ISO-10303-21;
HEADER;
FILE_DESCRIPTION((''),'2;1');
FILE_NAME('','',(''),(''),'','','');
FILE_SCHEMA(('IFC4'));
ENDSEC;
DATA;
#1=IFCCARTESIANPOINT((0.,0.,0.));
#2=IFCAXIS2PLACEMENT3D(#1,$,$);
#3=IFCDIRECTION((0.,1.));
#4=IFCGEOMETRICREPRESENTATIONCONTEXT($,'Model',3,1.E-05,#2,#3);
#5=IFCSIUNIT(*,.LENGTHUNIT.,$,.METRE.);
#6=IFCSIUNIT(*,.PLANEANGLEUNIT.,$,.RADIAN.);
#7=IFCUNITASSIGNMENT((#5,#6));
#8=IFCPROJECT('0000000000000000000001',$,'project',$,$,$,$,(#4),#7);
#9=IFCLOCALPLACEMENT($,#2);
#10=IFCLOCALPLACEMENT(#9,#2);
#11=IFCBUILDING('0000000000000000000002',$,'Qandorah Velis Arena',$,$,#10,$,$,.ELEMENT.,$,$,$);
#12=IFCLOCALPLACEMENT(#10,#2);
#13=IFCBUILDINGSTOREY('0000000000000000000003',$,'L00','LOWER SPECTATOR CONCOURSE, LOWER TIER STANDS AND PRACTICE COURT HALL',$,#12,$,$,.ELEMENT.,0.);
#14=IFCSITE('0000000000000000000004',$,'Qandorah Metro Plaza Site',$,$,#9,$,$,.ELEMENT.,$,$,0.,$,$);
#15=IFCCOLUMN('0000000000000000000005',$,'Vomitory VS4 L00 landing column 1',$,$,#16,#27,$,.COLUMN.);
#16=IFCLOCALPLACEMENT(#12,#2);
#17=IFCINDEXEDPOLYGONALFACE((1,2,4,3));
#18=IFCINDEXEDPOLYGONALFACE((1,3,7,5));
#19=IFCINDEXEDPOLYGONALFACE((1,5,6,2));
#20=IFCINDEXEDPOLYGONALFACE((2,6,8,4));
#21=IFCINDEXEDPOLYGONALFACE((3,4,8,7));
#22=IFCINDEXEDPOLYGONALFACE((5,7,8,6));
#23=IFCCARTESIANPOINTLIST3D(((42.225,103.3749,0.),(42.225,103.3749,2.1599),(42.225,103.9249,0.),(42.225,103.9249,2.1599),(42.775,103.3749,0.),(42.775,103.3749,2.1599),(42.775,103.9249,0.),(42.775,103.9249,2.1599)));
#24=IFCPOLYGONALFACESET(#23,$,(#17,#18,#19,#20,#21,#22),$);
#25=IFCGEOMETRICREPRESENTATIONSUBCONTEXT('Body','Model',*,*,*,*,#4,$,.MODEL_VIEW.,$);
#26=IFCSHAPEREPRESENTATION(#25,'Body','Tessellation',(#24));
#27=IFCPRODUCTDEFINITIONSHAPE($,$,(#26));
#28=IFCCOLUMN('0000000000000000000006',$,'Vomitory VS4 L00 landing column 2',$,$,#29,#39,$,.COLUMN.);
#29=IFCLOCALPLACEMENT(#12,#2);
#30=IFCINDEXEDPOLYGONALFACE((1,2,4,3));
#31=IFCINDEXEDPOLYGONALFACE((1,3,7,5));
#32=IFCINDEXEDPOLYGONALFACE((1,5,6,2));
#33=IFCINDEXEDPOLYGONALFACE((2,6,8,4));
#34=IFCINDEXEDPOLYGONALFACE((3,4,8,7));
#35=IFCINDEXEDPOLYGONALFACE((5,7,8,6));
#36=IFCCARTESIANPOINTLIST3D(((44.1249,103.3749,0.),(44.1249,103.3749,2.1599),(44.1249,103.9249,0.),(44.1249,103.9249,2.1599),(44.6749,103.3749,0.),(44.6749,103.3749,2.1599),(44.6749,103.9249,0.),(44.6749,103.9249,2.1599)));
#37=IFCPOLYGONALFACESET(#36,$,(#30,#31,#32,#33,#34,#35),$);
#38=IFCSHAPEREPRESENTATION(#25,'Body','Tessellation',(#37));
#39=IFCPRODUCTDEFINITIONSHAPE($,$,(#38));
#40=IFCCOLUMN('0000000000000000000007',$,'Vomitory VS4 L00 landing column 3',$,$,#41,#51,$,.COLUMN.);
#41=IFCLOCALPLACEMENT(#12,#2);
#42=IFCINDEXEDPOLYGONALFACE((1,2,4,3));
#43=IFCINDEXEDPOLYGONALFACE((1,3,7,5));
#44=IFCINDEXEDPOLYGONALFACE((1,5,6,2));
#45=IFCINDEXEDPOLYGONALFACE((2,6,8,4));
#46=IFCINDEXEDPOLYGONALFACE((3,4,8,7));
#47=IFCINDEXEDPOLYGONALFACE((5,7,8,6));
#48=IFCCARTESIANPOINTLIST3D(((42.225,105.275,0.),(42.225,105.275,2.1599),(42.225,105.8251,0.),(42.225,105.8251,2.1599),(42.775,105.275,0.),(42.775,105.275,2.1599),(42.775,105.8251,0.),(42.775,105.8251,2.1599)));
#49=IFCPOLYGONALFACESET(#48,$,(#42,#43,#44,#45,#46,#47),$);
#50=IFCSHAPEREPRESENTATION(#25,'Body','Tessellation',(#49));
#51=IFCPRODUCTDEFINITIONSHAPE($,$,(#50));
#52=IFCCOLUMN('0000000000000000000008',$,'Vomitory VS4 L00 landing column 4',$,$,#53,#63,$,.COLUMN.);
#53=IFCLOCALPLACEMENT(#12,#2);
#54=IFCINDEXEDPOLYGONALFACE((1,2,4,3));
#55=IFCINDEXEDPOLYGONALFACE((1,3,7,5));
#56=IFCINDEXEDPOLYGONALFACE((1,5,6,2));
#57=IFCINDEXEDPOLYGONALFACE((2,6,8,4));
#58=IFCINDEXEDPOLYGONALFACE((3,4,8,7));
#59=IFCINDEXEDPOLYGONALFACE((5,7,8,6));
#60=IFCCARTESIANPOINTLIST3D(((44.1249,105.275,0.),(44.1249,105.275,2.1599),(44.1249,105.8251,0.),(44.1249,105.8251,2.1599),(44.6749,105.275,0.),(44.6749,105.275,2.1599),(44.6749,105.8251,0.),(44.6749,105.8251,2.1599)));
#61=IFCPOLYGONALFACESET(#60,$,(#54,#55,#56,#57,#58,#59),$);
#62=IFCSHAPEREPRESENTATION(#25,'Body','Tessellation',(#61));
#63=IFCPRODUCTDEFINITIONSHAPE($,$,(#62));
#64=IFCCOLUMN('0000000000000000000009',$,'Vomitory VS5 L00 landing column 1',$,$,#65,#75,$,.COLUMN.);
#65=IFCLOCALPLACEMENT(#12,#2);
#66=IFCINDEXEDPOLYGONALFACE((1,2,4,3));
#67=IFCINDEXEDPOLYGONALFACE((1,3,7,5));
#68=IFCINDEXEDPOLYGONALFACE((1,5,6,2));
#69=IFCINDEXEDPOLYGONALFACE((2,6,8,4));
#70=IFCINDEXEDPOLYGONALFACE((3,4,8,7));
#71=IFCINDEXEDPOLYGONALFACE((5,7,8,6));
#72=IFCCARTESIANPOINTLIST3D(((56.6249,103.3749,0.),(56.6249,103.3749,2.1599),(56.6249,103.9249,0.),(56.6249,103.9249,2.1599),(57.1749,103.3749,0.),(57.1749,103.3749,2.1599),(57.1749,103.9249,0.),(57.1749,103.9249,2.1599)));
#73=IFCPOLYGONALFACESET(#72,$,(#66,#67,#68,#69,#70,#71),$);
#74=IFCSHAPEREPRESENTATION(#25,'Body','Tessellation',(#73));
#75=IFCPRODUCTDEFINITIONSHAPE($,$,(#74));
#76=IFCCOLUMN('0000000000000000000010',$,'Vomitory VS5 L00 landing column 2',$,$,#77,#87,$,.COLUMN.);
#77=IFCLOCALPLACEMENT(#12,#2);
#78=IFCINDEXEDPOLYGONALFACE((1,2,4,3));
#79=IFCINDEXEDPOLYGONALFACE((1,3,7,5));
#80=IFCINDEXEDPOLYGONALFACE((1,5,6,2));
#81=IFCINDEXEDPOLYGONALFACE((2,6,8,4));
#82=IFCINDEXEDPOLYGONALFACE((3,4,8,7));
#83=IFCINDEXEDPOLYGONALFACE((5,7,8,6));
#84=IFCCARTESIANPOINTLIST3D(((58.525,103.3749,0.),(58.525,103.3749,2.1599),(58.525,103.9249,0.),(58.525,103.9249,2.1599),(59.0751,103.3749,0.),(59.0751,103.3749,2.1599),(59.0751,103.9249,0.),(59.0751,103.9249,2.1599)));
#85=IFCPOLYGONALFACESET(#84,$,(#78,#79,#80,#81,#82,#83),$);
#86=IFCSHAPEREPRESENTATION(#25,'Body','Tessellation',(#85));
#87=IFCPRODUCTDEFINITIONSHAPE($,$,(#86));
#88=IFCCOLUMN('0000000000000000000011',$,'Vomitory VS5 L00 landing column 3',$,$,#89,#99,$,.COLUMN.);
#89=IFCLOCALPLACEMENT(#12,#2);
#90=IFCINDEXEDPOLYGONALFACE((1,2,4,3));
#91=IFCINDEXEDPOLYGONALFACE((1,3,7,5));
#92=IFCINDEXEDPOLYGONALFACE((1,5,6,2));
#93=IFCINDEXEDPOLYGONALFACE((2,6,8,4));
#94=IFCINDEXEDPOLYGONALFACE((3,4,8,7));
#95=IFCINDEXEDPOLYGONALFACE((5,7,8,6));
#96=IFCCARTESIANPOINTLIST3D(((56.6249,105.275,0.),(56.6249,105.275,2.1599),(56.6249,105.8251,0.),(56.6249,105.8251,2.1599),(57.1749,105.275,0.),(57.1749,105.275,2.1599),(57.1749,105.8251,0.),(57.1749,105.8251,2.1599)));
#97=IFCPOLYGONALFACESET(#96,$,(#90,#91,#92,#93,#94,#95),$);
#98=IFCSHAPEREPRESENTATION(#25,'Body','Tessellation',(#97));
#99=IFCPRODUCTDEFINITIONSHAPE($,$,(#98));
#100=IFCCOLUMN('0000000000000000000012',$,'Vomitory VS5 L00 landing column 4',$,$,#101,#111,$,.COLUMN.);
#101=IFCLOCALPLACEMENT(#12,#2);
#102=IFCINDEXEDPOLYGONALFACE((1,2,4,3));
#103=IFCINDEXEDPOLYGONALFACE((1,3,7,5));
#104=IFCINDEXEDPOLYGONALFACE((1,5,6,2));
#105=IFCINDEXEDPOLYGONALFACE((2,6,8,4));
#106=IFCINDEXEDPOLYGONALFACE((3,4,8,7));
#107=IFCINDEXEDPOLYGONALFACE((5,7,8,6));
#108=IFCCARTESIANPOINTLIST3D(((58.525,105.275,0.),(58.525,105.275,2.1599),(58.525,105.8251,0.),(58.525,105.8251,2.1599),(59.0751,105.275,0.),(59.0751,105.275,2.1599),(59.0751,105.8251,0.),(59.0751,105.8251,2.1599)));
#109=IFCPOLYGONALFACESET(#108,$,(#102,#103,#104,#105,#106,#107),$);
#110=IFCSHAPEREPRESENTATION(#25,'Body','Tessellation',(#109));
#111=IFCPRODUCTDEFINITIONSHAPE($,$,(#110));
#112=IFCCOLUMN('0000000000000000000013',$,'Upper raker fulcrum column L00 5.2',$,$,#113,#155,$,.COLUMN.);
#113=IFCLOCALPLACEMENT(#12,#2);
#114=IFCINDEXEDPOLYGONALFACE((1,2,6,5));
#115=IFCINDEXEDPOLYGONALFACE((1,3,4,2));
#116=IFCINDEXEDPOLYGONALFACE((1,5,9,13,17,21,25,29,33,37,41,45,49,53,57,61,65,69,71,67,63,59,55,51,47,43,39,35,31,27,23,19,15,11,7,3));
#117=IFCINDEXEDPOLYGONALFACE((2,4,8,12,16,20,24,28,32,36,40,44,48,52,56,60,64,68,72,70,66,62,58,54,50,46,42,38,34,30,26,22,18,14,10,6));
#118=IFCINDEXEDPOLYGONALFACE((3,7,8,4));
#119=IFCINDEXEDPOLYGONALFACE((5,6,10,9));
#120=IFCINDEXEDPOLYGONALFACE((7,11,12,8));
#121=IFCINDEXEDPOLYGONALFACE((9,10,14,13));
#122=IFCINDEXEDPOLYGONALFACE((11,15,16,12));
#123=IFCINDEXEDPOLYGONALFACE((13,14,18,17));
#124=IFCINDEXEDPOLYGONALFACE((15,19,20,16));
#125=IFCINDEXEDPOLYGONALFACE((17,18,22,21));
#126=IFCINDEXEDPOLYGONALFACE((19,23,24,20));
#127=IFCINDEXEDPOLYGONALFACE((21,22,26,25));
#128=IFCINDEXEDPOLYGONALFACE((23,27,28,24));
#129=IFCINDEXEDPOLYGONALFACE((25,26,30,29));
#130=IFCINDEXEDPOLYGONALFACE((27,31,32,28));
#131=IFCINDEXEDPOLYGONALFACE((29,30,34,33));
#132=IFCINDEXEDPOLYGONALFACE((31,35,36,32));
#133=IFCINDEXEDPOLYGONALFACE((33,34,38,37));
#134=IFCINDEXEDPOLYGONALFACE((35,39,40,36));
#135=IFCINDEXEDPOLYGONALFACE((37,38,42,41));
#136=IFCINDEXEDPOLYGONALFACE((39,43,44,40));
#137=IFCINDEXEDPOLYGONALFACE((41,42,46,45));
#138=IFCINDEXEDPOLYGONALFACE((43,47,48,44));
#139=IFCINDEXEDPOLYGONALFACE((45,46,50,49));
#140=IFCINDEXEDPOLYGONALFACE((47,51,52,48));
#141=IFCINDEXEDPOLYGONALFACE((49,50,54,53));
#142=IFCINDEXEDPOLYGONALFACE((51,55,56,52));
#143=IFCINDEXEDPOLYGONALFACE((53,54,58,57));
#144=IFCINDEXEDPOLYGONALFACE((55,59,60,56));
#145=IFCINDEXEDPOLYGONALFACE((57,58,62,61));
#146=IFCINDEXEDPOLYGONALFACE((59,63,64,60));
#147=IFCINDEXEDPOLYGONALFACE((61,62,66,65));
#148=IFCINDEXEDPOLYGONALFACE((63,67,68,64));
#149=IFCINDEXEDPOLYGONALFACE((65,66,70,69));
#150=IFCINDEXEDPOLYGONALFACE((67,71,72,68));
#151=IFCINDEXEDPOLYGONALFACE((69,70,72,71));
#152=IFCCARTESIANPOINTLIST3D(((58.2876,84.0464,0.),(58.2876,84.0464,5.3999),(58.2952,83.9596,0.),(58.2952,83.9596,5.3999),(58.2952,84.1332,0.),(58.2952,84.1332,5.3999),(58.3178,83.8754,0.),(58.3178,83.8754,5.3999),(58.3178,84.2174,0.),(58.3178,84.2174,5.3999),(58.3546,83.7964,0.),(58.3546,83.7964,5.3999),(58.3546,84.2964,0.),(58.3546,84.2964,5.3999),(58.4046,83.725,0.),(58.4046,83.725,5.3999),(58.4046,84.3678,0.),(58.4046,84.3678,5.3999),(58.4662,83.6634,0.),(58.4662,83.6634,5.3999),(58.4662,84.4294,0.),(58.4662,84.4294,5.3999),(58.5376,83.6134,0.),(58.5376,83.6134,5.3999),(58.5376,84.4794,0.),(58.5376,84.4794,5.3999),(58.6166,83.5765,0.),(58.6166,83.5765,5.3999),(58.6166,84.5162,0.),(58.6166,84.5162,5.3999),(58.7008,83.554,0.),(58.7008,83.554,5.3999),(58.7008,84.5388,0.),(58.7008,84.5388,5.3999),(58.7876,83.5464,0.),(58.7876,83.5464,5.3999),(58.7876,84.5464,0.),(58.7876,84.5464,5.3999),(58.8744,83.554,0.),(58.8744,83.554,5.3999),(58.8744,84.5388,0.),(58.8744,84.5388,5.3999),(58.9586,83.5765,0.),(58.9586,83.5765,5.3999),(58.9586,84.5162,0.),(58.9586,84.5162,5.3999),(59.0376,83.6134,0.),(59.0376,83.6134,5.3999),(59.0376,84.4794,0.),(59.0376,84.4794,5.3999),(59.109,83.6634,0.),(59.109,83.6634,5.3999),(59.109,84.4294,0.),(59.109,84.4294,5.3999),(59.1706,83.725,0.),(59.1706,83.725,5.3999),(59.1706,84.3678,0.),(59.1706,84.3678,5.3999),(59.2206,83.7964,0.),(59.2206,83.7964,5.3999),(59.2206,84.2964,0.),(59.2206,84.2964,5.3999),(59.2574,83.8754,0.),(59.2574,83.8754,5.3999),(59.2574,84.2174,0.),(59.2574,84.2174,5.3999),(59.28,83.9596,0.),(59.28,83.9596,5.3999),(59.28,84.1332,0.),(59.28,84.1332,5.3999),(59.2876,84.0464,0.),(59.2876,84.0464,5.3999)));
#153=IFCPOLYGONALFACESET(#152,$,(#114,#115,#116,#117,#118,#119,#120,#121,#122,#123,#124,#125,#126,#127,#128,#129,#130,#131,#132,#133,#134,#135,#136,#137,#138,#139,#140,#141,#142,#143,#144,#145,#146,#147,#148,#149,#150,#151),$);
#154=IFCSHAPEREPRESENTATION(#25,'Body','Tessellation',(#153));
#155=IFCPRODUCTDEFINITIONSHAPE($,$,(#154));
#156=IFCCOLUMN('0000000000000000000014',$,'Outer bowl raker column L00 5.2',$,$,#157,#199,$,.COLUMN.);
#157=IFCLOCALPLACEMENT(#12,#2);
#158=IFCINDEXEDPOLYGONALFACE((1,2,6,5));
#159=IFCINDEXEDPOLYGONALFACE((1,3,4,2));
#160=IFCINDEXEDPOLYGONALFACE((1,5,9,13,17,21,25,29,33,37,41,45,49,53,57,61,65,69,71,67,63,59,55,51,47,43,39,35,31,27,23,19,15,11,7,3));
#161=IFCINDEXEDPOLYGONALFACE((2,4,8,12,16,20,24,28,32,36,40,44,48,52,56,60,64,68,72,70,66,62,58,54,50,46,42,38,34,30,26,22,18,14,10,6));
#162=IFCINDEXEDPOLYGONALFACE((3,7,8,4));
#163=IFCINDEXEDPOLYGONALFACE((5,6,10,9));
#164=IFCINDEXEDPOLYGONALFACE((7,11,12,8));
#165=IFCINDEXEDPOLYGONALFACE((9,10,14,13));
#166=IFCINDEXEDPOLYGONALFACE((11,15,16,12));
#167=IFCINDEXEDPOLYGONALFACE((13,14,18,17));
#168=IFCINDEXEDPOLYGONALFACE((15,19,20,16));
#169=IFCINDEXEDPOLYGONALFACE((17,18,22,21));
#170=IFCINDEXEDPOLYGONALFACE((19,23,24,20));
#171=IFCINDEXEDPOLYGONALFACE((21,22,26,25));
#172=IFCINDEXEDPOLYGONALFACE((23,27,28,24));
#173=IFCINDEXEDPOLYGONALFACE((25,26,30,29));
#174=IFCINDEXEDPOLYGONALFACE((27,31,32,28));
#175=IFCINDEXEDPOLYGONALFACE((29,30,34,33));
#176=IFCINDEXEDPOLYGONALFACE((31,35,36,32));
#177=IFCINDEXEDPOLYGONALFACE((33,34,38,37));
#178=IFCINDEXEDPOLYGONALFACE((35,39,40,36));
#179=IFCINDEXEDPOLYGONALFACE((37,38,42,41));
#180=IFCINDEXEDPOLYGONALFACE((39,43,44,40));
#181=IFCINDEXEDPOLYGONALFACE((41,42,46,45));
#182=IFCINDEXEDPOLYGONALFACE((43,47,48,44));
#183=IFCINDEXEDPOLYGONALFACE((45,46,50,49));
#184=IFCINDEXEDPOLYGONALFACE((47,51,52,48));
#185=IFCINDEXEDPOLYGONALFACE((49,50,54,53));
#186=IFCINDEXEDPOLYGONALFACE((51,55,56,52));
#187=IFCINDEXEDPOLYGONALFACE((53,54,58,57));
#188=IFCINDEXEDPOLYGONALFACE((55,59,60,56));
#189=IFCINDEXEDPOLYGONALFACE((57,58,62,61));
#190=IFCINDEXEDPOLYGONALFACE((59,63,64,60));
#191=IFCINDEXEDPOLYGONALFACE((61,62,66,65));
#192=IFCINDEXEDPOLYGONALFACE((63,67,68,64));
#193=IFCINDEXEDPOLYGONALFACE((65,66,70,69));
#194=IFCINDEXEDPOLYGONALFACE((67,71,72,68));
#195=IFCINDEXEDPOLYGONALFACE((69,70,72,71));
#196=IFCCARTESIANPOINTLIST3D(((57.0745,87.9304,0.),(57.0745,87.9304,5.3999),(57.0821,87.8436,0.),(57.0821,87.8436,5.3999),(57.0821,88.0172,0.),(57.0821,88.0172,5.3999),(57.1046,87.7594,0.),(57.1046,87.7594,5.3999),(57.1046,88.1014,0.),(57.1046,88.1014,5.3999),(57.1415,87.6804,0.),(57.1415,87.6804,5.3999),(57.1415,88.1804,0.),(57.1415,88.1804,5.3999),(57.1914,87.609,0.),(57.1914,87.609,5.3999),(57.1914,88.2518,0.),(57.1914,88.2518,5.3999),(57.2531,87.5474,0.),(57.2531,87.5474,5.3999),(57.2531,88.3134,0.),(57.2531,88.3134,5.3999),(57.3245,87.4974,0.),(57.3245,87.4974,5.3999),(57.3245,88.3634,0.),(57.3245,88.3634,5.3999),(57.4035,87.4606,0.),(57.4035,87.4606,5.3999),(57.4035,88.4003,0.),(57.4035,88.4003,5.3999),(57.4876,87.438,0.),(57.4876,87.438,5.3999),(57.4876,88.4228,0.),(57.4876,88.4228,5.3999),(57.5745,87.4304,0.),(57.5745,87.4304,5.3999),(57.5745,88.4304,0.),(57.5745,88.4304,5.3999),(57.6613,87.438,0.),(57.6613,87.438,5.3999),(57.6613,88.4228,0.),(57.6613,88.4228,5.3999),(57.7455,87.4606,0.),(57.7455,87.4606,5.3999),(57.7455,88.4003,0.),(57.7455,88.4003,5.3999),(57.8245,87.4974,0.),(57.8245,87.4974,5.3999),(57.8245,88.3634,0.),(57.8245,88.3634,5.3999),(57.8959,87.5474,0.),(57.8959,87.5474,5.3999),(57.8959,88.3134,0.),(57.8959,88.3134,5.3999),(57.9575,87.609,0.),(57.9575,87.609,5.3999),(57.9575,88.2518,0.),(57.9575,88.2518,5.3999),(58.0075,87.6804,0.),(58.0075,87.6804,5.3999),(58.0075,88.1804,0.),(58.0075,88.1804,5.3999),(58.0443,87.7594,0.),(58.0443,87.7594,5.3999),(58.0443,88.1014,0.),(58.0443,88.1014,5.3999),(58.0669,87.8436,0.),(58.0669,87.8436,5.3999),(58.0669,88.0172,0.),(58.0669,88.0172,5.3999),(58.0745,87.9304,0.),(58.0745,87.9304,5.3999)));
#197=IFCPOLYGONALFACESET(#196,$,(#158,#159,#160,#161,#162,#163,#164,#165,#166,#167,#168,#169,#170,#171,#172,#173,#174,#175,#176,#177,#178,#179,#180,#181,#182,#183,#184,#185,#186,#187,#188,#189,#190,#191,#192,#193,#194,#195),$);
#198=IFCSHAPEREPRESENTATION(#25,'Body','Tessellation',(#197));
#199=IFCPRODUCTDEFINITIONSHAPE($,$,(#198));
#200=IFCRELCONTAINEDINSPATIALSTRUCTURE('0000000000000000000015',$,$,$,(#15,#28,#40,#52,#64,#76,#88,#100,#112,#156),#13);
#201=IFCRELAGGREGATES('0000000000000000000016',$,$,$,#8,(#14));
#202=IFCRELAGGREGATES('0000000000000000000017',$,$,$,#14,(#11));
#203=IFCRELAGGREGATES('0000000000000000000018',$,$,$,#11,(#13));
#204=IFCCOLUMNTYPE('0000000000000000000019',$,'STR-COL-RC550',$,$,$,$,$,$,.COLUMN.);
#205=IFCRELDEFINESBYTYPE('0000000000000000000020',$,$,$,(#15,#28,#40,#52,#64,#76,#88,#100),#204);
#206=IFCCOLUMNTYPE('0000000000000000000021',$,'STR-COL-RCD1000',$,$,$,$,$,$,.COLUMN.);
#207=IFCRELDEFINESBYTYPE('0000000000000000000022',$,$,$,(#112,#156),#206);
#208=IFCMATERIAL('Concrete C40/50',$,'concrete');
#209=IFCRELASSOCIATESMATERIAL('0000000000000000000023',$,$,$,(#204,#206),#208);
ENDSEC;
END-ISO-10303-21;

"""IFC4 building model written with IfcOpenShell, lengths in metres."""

from ifc_helpers import new_model, si_unit, direction, frame, origin, origin_2d, place, context, subcontext, project, spatial, rectangle, circle, extrude, material, material_profile, profile_set, type_object, element, save


model = new_model("IFC4")

# Units and contexts
model_context = context("Model", 3, precision=1e-05, world=origin(), true_north=direction((0.0, 1.0)))
body_context = subcontext(model_context, "Body", "Model", "MODEL_VIEW")
ifc_project = project(units=[si_unit("LENGTHUNIT", "METRE"), si_unit("PLANEANGLEUNIT", "RADIAN")], contexts=[model_context])

# Site, building, storey
site_placement = place(None, origin())
site = spatial("IfcSite", under=ifc_project, at=site_placement, Name="Qandorah Metro Plaza Site", CompositionType="ELEMENT", RefElevation=0.0)
building_placement = place(site_placement, origin())
building = spatial("IfcBuilding", under=site, at=building_placement, Name="Qandorah Velis Arena", CompositionType="ELEMENT")
storey_placement = place(building_placement, origin())
storey = spatial("IfcBuildingStorey", under=building, at=storey_placement, Name="L00", Description="LOWER SPECTATOR CONCOURSE, LOWER TIER STANDS AND PRACTICE COURT HALL", CompositionType="ELEMENT", Elevation=0.0)

# Columns
ifc_material_1 = material(Name="Concrete C40/50", Category="concrete")
ifc_material_profile_1 = material_profile(ifc_material_1, rectangle(XDim=0.55, YDim=0.55, at=origin_2d()), Name="RC COL 550x550")
ifc_profile_set_1 = profile_set([ifc_material_profile_1], Name="Concrete C40/50")
column_type_1 = type_object("IfcColumnType", Name="STR-COL-RC550", PredefinedType="COLUMN", material=ifc_profile_set_1)
for number, where, z_axis, x_axis, name in (
    (1, (42.5, 103.6499, 0.0), (0.0, 0.0, 1.0), (1.0, 0.0, 0.0), "Vomitory VS4 L00 landing column 1"),
    (2, (44.3999, 103.6499, 0.0), (0.0, 0.0, 1.0), (1.0, 0.0, 0.0), "Vomitory VS4 L00 landing column 2"),
    (3, (42.5, 105.55, 0.0), (0.0, 0.0, 1.0), (1.0, 0.0, 0.0), "Vomitory VS4 L00 landing column 3"),
    (4, (44.3999, 105.55, 0.0), (0.0, 0.0, 1.0), (1.0, 0.0, 0.0), "Vomitory VS4 L00 landing column 4"),
    (5, (56.8999, 103.6499, 0.0), (0.0, 0.0, 1.0), (1.0, 0.0, 0.0), "Vomitory VS5 L00 landing column 1"),
    (6, (58.8, 103.6499, 0.0), (0.0, 0.0, 1.0), (1.0, 0.0, 0.0), "Vomitory VS5 L00 landing column 2"),
    (7, (56.8999, 105.55, 0.0), (0.0, 0.0, 1.0), (1.0, 0.0, 0.0), "Vomitory VS5 L00 landing column 3"),
    (8, (58.8, 105.55, 0.0), (0.0, 0.0, 1.0), (1.0, 0.0, 0.0), "Vomitory VS5 L00 landing column 4"),
):
    element("IfcColumn", number, at=place(storey_placement, frame(where, z_axis=z_axis, x_axis=x_axis)), inside=storey, type_object=column_type_1, Name=name, PredefinedType="COLUMN", context=body_context, shape_type="SweptSolid", body=[
        extrude(rectangle(XDim=0.55, YDim=0.55, at=origin_2d()), origin(), (0.0, 0.0, 1.0), 2.1599),
    ])
ifc_material_profile_2 = material_profile(ifc_material_1, circle(Radius=0.5, at=origin_2d()), Name="RC D1000")
ifc_profile_set_2 = profile_set([ifc_material_profile_2], Name="Concrete C40/50")
column_type_2 = type_object("IfcColumnType", Name="STR-COL-RCD1000", PredefinedType="COLUMN", material=ifc_profile_set_2)
for number, where, z_axis, x_axis, name in (
    (9, (58.7876, 84.0464, 0.0), (0.0, 0.0, 1.0), (1.0, 0.0, 0.0), "Upper raker fulcrum column L00 5.2"),
    (10, (57.5745, 87.9304, 0.0), (0.0, 0.0, 1.0), (1.0, 0.0, 0.0), "Outer bowl raker column L00 5.2"),
):
    element("IfcColumn", number, at=place(storey_placement, frame(where, z_axis=z_axis, x_axis=x_axis)), inside=storey, type_object=column_type_2, Name=name, PredefinedType="COLUMN", context=body_context, shape_type="SweptSolid", body=[
        extrude(circle(Radius=0.5, at=origin_2d()), origin(), (0.0, 0.0, 1.0), 5.3999),
    ])

save(model, "model.ifc")
